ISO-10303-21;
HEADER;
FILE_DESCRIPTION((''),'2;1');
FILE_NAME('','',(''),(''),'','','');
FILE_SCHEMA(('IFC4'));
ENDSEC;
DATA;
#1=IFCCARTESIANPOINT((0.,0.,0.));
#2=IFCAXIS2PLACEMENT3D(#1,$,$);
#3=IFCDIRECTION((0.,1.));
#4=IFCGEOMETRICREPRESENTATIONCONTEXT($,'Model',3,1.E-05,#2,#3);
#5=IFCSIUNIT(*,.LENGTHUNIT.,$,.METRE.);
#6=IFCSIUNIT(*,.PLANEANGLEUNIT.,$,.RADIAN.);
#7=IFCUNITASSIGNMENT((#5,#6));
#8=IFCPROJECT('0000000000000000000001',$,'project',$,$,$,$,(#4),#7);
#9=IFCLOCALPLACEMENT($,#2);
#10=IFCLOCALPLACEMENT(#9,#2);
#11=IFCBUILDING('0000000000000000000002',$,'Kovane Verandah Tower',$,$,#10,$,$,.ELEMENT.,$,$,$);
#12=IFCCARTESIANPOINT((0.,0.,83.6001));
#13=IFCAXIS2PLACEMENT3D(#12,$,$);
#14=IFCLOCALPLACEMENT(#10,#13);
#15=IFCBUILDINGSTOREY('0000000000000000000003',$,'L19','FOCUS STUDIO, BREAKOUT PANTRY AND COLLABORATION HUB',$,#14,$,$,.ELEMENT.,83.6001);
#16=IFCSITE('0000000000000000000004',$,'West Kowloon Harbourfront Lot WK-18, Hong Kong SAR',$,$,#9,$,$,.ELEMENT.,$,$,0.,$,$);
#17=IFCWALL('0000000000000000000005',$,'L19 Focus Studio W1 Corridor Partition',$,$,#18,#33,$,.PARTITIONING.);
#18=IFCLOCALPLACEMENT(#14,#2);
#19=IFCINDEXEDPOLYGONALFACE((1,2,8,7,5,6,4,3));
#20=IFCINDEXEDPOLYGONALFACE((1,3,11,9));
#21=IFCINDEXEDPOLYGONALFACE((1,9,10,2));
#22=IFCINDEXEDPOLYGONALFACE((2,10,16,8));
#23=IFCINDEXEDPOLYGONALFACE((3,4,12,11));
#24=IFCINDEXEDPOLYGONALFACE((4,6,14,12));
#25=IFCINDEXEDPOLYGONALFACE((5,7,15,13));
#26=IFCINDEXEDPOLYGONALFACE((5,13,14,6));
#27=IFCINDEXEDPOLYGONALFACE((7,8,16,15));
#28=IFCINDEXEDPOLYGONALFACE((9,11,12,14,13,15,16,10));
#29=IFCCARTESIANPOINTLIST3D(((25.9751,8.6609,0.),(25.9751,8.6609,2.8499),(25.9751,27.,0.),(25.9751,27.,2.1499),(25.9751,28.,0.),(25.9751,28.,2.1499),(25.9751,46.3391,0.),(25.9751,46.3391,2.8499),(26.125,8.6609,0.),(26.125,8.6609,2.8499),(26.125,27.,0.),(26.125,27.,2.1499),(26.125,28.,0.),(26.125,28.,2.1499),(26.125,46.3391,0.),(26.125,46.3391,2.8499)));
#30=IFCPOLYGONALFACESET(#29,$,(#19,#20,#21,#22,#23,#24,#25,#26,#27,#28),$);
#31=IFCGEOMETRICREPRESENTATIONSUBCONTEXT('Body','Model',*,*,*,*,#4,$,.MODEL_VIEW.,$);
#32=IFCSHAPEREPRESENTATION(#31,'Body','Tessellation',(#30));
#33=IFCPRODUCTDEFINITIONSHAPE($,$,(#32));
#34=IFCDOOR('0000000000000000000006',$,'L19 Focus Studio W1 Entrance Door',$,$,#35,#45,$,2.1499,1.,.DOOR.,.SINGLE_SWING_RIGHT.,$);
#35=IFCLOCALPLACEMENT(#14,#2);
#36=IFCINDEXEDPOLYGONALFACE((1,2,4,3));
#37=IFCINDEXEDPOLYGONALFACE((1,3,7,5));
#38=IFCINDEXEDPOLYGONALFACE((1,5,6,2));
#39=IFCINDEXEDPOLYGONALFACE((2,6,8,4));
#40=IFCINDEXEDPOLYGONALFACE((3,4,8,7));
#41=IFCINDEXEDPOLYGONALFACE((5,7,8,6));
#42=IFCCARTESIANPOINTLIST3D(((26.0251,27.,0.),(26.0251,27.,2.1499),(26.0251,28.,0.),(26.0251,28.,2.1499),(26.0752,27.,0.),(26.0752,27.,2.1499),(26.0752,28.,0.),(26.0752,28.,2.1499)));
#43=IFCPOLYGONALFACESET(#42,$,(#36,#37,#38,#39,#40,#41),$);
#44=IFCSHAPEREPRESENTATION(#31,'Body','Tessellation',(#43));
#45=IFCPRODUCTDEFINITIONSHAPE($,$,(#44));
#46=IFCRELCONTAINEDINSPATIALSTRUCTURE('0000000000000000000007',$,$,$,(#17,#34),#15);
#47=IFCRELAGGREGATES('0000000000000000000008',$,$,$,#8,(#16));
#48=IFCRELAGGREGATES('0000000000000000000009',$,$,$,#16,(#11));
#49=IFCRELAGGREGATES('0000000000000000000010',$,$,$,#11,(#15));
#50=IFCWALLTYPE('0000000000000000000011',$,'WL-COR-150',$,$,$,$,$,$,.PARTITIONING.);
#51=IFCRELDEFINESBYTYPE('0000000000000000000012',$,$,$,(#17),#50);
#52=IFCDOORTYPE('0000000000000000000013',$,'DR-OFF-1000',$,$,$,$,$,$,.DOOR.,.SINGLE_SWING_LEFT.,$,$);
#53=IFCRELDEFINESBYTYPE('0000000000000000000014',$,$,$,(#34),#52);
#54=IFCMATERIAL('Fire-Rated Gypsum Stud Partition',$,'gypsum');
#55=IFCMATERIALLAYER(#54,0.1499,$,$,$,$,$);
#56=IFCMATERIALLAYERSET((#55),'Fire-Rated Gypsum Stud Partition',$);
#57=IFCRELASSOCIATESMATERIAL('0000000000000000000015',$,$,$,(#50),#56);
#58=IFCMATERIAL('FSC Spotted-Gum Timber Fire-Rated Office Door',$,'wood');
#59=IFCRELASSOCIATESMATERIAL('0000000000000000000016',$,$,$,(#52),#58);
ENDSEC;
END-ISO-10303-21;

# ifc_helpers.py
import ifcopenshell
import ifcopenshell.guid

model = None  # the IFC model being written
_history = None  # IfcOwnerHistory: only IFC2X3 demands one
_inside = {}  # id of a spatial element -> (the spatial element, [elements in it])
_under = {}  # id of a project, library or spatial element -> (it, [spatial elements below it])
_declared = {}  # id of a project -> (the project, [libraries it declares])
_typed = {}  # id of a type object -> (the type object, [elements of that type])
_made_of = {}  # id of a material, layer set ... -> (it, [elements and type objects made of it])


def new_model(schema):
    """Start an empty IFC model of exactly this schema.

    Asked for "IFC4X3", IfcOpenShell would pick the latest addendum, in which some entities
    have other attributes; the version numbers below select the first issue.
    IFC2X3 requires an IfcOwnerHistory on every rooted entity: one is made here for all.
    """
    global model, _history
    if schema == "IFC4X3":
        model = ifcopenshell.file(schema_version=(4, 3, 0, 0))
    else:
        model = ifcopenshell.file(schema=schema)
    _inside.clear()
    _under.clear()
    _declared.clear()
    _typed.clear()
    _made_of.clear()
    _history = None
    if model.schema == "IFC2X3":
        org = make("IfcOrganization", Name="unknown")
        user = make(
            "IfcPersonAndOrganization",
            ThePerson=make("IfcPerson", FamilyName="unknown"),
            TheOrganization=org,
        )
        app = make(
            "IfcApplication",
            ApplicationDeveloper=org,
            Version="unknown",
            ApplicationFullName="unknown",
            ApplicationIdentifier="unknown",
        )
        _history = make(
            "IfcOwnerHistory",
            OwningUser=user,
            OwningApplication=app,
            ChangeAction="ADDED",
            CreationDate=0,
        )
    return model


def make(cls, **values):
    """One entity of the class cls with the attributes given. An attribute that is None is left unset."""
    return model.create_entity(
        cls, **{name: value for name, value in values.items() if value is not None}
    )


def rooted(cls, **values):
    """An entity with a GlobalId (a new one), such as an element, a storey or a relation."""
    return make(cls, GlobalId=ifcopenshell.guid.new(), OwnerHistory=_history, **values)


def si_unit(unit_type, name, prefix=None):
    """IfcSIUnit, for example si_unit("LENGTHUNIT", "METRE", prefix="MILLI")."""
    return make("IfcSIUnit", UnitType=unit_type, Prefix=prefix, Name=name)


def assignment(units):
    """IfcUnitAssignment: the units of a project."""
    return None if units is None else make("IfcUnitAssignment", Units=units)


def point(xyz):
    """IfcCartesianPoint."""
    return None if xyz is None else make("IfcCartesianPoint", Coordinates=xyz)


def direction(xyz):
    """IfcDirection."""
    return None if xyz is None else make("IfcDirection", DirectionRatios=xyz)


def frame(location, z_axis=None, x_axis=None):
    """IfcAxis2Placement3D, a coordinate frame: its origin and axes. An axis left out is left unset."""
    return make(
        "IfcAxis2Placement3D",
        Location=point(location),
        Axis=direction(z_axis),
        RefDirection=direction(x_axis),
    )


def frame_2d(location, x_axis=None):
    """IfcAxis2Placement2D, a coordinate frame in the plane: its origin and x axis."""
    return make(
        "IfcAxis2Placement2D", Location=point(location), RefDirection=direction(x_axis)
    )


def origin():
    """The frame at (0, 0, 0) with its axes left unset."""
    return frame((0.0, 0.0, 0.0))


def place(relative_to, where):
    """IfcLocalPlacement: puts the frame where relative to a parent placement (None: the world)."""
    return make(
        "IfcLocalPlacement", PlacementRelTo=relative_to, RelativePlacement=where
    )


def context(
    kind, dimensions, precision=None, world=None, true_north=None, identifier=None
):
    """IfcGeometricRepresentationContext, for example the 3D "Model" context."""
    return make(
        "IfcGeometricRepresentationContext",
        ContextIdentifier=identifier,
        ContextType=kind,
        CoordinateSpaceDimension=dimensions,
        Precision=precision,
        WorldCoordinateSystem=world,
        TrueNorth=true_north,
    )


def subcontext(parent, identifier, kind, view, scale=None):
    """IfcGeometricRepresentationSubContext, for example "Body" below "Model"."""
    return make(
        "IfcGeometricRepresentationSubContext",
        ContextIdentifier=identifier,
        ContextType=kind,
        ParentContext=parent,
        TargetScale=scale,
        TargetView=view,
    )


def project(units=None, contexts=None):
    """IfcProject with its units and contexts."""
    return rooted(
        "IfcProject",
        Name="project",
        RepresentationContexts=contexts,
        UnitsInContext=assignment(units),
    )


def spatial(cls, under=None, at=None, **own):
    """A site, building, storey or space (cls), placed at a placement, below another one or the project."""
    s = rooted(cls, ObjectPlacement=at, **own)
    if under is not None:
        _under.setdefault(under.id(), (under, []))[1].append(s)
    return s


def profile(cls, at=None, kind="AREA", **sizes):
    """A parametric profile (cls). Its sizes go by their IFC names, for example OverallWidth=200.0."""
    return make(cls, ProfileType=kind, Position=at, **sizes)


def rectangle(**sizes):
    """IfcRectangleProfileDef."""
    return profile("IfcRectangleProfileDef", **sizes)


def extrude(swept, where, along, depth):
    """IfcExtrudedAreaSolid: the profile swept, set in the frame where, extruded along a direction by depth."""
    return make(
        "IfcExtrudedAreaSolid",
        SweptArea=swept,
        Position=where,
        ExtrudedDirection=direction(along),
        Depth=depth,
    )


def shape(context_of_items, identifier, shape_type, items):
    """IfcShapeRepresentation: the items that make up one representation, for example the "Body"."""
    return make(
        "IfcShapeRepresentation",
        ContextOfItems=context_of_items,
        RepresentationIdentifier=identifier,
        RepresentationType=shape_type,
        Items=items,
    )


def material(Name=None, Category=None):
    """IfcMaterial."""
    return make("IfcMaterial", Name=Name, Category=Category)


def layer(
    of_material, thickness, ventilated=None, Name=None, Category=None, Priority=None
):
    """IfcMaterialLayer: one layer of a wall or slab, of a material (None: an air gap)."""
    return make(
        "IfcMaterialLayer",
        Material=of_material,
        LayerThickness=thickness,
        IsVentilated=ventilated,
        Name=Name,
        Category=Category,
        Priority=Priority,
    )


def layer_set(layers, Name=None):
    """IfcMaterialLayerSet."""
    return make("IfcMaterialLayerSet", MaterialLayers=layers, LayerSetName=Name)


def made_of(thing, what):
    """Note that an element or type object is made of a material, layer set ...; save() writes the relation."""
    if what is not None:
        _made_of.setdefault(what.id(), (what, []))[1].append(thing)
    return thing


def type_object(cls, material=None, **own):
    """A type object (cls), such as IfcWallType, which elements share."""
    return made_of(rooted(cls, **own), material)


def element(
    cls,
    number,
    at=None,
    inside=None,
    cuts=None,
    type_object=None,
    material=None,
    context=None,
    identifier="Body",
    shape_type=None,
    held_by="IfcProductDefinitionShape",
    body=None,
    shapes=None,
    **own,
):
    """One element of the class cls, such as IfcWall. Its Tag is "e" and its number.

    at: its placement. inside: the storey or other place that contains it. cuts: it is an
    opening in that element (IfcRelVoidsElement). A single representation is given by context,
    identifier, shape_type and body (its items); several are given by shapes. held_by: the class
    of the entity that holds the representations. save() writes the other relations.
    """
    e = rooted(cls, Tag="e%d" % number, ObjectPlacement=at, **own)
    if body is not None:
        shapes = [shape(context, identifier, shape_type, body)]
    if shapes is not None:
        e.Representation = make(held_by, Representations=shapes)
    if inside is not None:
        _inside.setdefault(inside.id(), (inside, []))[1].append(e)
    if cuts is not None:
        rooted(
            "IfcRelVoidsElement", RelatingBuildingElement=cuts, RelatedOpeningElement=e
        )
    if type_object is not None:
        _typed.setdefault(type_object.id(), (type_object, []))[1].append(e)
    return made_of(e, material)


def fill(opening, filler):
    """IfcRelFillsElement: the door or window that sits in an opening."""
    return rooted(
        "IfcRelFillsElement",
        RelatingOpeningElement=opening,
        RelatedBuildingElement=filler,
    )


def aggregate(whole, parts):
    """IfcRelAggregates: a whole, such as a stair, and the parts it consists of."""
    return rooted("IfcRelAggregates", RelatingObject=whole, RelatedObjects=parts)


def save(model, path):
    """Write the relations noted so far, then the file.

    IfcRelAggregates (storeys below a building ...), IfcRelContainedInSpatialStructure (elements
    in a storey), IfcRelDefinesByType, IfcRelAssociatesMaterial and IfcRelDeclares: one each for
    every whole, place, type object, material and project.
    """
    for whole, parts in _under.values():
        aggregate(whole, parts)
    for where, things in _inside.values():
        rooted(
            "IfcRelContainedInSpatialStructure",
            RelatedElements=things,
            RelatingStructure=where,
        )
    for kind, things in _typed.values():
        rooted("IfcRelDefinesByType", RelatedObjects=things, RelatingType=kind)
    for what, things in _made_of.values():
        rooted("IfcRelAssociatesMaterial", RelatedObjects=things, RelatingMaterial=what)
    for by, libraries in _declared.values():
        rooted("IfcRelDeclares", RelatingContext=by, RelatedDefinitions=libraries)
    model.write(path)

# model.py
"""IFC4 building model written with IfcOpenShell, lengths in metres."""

from ifc_helpers import new_model, si_unit, direction, frame, frame_2d, origin, place, context, subcontext, project, spatial, rectangle, extrude, material, layer, layer_set, type_object, element, fill, save


model = new_model("IFC4")

# Units and contexts
model_context = context("Model", 3, precision=1e-05, world=origin(), true_north=direction((0.0, 1.0)))
body_context = subcontext(model_context, "Body", "Model", "MODEL_VIEW")
ifc_project = project(units=[si_unit("LENGTHUNIT", "METRE"), si_unit("PLANEANGLEUNIT", "RADIAN")], contexts=[model_context])

# Site, building, storey
site_placement = place(None, origin())
site = spatial("IfcSite", under=ifc_project, at=site_placement, Name="West Kowloon Harbourfront Lot WK-18, Hong Kong SAR", CompositionType="ELEMENT", RefElevation=0.0)
building_placement = place(site_placement, origin())
building = spatial("IfcBuilding", under=site, at=building_placement, Name="Kovane Verandah Tower", CompositionType="ELEMENT")
storey_placement = place(building_placement, frame((0.0, 0.0, 83.6001)))
storey = spatial("IfcBuildingStorey", under=building, at=storey_placement, Name="L19", Description="FOCUS STUDIO, BREAKOUT PANTRY AND COLLABORATION HUB", CompositionType="ELEMENT", Elevation=83.6001)

# Wall, opening, door
ifc_material_1 = material(Name="Fire-Rated Gypsum Stud Partition", Category="gypsum")
ifc_layer_1 = layer(ifc_material_1, 0.1499)
ifc_layer_set_1 = layer_set([ifc_layer_1], Name="Fire-Rated Gypsum Stud Partition")
wall_type = type_object("IfcWallType", Name="WL-COR-150", PredefinedType="PARTITIONING", material=ifc_layer_set_1)
ifc_material_2 = material(Name="FSC Spotted-Gum Timber Fire-Rated Office Door", Category="wood")
door_type = type_object("IfcDoorType", Name="DR-OFF-1000", OperationType="SINGLE_SWING_LEFT", PredefinedType="DOOR", material=ifc_material_2)
wall_1_placement = place(storey_placement, frame((26.05, 8.6609, 0.0), z_axis=(0.0, 0.0, 1.0), x_axis=(0.0, 1.0, 0.0)))
wall_1 = element("IfcWall", 1, at=wall_1_placement, inside=storey, type_object=wall_type, Name="L19 Focus Studio W1 Corridor Partition", PredefinedType="PARTITIONING", context=body_context, shape_type="SweptSolid", body=[
    extrude(rectangle(XDim=37.6782, YDim=0.1499, at=frame_2d((18.8391, 0.0))), origin(), (0.0, 0.0, 1.0), 2.8499),
])
opening_1_placement = place(wall_1_placement, frame((18.3391, 0.0, 0.0)))
opening_1 = element("IfcOpeningElement", 2, at=opening_1_placement, cuts=wall_1, PredefinedType="OPENING", context=body_context, shape_type="SweptSolid", body=[
    extrude(rectangle(XDim=1.0, YDim=2.1499, at=frame_2d((0.5, 1.075))), frame((0.0, 0.075, 0.0), z_axis=(0.0, -1.0, 0.0), x_axis=(1.0, 0.0, 0.0)), (0.0, 0.0, 1.0), 0.1499),
])
door_1_placement = place(opening_1_placement, origin())
door_1 = element("IfcDoor", 3, at=door_1_placement, inside=storey, type_object=door_type, Name="L19 Focus Studio W1 Entrance Door", OperationType="SINGLE_SWING_RIGHT", OverallHeight=2.1499, OverallWidth=1.0, PredefinedType="DOOR", context=body_context, shape_type="SweptSolid", body=[
    extrude(rectangle(XDim=1.0, YDim=2.1499, at=frame_2d((0.5, 1.075))), frame((0.0, 0.0249, 0.0), z_axis=(0.0, -1.0, 0.0), x_axis=(1.0, 0.0, 0.0)), (0.0, 0.0, 1.0), 0.05),
])
fill(opening_1, door_1)

save(model, "model.ifc")
